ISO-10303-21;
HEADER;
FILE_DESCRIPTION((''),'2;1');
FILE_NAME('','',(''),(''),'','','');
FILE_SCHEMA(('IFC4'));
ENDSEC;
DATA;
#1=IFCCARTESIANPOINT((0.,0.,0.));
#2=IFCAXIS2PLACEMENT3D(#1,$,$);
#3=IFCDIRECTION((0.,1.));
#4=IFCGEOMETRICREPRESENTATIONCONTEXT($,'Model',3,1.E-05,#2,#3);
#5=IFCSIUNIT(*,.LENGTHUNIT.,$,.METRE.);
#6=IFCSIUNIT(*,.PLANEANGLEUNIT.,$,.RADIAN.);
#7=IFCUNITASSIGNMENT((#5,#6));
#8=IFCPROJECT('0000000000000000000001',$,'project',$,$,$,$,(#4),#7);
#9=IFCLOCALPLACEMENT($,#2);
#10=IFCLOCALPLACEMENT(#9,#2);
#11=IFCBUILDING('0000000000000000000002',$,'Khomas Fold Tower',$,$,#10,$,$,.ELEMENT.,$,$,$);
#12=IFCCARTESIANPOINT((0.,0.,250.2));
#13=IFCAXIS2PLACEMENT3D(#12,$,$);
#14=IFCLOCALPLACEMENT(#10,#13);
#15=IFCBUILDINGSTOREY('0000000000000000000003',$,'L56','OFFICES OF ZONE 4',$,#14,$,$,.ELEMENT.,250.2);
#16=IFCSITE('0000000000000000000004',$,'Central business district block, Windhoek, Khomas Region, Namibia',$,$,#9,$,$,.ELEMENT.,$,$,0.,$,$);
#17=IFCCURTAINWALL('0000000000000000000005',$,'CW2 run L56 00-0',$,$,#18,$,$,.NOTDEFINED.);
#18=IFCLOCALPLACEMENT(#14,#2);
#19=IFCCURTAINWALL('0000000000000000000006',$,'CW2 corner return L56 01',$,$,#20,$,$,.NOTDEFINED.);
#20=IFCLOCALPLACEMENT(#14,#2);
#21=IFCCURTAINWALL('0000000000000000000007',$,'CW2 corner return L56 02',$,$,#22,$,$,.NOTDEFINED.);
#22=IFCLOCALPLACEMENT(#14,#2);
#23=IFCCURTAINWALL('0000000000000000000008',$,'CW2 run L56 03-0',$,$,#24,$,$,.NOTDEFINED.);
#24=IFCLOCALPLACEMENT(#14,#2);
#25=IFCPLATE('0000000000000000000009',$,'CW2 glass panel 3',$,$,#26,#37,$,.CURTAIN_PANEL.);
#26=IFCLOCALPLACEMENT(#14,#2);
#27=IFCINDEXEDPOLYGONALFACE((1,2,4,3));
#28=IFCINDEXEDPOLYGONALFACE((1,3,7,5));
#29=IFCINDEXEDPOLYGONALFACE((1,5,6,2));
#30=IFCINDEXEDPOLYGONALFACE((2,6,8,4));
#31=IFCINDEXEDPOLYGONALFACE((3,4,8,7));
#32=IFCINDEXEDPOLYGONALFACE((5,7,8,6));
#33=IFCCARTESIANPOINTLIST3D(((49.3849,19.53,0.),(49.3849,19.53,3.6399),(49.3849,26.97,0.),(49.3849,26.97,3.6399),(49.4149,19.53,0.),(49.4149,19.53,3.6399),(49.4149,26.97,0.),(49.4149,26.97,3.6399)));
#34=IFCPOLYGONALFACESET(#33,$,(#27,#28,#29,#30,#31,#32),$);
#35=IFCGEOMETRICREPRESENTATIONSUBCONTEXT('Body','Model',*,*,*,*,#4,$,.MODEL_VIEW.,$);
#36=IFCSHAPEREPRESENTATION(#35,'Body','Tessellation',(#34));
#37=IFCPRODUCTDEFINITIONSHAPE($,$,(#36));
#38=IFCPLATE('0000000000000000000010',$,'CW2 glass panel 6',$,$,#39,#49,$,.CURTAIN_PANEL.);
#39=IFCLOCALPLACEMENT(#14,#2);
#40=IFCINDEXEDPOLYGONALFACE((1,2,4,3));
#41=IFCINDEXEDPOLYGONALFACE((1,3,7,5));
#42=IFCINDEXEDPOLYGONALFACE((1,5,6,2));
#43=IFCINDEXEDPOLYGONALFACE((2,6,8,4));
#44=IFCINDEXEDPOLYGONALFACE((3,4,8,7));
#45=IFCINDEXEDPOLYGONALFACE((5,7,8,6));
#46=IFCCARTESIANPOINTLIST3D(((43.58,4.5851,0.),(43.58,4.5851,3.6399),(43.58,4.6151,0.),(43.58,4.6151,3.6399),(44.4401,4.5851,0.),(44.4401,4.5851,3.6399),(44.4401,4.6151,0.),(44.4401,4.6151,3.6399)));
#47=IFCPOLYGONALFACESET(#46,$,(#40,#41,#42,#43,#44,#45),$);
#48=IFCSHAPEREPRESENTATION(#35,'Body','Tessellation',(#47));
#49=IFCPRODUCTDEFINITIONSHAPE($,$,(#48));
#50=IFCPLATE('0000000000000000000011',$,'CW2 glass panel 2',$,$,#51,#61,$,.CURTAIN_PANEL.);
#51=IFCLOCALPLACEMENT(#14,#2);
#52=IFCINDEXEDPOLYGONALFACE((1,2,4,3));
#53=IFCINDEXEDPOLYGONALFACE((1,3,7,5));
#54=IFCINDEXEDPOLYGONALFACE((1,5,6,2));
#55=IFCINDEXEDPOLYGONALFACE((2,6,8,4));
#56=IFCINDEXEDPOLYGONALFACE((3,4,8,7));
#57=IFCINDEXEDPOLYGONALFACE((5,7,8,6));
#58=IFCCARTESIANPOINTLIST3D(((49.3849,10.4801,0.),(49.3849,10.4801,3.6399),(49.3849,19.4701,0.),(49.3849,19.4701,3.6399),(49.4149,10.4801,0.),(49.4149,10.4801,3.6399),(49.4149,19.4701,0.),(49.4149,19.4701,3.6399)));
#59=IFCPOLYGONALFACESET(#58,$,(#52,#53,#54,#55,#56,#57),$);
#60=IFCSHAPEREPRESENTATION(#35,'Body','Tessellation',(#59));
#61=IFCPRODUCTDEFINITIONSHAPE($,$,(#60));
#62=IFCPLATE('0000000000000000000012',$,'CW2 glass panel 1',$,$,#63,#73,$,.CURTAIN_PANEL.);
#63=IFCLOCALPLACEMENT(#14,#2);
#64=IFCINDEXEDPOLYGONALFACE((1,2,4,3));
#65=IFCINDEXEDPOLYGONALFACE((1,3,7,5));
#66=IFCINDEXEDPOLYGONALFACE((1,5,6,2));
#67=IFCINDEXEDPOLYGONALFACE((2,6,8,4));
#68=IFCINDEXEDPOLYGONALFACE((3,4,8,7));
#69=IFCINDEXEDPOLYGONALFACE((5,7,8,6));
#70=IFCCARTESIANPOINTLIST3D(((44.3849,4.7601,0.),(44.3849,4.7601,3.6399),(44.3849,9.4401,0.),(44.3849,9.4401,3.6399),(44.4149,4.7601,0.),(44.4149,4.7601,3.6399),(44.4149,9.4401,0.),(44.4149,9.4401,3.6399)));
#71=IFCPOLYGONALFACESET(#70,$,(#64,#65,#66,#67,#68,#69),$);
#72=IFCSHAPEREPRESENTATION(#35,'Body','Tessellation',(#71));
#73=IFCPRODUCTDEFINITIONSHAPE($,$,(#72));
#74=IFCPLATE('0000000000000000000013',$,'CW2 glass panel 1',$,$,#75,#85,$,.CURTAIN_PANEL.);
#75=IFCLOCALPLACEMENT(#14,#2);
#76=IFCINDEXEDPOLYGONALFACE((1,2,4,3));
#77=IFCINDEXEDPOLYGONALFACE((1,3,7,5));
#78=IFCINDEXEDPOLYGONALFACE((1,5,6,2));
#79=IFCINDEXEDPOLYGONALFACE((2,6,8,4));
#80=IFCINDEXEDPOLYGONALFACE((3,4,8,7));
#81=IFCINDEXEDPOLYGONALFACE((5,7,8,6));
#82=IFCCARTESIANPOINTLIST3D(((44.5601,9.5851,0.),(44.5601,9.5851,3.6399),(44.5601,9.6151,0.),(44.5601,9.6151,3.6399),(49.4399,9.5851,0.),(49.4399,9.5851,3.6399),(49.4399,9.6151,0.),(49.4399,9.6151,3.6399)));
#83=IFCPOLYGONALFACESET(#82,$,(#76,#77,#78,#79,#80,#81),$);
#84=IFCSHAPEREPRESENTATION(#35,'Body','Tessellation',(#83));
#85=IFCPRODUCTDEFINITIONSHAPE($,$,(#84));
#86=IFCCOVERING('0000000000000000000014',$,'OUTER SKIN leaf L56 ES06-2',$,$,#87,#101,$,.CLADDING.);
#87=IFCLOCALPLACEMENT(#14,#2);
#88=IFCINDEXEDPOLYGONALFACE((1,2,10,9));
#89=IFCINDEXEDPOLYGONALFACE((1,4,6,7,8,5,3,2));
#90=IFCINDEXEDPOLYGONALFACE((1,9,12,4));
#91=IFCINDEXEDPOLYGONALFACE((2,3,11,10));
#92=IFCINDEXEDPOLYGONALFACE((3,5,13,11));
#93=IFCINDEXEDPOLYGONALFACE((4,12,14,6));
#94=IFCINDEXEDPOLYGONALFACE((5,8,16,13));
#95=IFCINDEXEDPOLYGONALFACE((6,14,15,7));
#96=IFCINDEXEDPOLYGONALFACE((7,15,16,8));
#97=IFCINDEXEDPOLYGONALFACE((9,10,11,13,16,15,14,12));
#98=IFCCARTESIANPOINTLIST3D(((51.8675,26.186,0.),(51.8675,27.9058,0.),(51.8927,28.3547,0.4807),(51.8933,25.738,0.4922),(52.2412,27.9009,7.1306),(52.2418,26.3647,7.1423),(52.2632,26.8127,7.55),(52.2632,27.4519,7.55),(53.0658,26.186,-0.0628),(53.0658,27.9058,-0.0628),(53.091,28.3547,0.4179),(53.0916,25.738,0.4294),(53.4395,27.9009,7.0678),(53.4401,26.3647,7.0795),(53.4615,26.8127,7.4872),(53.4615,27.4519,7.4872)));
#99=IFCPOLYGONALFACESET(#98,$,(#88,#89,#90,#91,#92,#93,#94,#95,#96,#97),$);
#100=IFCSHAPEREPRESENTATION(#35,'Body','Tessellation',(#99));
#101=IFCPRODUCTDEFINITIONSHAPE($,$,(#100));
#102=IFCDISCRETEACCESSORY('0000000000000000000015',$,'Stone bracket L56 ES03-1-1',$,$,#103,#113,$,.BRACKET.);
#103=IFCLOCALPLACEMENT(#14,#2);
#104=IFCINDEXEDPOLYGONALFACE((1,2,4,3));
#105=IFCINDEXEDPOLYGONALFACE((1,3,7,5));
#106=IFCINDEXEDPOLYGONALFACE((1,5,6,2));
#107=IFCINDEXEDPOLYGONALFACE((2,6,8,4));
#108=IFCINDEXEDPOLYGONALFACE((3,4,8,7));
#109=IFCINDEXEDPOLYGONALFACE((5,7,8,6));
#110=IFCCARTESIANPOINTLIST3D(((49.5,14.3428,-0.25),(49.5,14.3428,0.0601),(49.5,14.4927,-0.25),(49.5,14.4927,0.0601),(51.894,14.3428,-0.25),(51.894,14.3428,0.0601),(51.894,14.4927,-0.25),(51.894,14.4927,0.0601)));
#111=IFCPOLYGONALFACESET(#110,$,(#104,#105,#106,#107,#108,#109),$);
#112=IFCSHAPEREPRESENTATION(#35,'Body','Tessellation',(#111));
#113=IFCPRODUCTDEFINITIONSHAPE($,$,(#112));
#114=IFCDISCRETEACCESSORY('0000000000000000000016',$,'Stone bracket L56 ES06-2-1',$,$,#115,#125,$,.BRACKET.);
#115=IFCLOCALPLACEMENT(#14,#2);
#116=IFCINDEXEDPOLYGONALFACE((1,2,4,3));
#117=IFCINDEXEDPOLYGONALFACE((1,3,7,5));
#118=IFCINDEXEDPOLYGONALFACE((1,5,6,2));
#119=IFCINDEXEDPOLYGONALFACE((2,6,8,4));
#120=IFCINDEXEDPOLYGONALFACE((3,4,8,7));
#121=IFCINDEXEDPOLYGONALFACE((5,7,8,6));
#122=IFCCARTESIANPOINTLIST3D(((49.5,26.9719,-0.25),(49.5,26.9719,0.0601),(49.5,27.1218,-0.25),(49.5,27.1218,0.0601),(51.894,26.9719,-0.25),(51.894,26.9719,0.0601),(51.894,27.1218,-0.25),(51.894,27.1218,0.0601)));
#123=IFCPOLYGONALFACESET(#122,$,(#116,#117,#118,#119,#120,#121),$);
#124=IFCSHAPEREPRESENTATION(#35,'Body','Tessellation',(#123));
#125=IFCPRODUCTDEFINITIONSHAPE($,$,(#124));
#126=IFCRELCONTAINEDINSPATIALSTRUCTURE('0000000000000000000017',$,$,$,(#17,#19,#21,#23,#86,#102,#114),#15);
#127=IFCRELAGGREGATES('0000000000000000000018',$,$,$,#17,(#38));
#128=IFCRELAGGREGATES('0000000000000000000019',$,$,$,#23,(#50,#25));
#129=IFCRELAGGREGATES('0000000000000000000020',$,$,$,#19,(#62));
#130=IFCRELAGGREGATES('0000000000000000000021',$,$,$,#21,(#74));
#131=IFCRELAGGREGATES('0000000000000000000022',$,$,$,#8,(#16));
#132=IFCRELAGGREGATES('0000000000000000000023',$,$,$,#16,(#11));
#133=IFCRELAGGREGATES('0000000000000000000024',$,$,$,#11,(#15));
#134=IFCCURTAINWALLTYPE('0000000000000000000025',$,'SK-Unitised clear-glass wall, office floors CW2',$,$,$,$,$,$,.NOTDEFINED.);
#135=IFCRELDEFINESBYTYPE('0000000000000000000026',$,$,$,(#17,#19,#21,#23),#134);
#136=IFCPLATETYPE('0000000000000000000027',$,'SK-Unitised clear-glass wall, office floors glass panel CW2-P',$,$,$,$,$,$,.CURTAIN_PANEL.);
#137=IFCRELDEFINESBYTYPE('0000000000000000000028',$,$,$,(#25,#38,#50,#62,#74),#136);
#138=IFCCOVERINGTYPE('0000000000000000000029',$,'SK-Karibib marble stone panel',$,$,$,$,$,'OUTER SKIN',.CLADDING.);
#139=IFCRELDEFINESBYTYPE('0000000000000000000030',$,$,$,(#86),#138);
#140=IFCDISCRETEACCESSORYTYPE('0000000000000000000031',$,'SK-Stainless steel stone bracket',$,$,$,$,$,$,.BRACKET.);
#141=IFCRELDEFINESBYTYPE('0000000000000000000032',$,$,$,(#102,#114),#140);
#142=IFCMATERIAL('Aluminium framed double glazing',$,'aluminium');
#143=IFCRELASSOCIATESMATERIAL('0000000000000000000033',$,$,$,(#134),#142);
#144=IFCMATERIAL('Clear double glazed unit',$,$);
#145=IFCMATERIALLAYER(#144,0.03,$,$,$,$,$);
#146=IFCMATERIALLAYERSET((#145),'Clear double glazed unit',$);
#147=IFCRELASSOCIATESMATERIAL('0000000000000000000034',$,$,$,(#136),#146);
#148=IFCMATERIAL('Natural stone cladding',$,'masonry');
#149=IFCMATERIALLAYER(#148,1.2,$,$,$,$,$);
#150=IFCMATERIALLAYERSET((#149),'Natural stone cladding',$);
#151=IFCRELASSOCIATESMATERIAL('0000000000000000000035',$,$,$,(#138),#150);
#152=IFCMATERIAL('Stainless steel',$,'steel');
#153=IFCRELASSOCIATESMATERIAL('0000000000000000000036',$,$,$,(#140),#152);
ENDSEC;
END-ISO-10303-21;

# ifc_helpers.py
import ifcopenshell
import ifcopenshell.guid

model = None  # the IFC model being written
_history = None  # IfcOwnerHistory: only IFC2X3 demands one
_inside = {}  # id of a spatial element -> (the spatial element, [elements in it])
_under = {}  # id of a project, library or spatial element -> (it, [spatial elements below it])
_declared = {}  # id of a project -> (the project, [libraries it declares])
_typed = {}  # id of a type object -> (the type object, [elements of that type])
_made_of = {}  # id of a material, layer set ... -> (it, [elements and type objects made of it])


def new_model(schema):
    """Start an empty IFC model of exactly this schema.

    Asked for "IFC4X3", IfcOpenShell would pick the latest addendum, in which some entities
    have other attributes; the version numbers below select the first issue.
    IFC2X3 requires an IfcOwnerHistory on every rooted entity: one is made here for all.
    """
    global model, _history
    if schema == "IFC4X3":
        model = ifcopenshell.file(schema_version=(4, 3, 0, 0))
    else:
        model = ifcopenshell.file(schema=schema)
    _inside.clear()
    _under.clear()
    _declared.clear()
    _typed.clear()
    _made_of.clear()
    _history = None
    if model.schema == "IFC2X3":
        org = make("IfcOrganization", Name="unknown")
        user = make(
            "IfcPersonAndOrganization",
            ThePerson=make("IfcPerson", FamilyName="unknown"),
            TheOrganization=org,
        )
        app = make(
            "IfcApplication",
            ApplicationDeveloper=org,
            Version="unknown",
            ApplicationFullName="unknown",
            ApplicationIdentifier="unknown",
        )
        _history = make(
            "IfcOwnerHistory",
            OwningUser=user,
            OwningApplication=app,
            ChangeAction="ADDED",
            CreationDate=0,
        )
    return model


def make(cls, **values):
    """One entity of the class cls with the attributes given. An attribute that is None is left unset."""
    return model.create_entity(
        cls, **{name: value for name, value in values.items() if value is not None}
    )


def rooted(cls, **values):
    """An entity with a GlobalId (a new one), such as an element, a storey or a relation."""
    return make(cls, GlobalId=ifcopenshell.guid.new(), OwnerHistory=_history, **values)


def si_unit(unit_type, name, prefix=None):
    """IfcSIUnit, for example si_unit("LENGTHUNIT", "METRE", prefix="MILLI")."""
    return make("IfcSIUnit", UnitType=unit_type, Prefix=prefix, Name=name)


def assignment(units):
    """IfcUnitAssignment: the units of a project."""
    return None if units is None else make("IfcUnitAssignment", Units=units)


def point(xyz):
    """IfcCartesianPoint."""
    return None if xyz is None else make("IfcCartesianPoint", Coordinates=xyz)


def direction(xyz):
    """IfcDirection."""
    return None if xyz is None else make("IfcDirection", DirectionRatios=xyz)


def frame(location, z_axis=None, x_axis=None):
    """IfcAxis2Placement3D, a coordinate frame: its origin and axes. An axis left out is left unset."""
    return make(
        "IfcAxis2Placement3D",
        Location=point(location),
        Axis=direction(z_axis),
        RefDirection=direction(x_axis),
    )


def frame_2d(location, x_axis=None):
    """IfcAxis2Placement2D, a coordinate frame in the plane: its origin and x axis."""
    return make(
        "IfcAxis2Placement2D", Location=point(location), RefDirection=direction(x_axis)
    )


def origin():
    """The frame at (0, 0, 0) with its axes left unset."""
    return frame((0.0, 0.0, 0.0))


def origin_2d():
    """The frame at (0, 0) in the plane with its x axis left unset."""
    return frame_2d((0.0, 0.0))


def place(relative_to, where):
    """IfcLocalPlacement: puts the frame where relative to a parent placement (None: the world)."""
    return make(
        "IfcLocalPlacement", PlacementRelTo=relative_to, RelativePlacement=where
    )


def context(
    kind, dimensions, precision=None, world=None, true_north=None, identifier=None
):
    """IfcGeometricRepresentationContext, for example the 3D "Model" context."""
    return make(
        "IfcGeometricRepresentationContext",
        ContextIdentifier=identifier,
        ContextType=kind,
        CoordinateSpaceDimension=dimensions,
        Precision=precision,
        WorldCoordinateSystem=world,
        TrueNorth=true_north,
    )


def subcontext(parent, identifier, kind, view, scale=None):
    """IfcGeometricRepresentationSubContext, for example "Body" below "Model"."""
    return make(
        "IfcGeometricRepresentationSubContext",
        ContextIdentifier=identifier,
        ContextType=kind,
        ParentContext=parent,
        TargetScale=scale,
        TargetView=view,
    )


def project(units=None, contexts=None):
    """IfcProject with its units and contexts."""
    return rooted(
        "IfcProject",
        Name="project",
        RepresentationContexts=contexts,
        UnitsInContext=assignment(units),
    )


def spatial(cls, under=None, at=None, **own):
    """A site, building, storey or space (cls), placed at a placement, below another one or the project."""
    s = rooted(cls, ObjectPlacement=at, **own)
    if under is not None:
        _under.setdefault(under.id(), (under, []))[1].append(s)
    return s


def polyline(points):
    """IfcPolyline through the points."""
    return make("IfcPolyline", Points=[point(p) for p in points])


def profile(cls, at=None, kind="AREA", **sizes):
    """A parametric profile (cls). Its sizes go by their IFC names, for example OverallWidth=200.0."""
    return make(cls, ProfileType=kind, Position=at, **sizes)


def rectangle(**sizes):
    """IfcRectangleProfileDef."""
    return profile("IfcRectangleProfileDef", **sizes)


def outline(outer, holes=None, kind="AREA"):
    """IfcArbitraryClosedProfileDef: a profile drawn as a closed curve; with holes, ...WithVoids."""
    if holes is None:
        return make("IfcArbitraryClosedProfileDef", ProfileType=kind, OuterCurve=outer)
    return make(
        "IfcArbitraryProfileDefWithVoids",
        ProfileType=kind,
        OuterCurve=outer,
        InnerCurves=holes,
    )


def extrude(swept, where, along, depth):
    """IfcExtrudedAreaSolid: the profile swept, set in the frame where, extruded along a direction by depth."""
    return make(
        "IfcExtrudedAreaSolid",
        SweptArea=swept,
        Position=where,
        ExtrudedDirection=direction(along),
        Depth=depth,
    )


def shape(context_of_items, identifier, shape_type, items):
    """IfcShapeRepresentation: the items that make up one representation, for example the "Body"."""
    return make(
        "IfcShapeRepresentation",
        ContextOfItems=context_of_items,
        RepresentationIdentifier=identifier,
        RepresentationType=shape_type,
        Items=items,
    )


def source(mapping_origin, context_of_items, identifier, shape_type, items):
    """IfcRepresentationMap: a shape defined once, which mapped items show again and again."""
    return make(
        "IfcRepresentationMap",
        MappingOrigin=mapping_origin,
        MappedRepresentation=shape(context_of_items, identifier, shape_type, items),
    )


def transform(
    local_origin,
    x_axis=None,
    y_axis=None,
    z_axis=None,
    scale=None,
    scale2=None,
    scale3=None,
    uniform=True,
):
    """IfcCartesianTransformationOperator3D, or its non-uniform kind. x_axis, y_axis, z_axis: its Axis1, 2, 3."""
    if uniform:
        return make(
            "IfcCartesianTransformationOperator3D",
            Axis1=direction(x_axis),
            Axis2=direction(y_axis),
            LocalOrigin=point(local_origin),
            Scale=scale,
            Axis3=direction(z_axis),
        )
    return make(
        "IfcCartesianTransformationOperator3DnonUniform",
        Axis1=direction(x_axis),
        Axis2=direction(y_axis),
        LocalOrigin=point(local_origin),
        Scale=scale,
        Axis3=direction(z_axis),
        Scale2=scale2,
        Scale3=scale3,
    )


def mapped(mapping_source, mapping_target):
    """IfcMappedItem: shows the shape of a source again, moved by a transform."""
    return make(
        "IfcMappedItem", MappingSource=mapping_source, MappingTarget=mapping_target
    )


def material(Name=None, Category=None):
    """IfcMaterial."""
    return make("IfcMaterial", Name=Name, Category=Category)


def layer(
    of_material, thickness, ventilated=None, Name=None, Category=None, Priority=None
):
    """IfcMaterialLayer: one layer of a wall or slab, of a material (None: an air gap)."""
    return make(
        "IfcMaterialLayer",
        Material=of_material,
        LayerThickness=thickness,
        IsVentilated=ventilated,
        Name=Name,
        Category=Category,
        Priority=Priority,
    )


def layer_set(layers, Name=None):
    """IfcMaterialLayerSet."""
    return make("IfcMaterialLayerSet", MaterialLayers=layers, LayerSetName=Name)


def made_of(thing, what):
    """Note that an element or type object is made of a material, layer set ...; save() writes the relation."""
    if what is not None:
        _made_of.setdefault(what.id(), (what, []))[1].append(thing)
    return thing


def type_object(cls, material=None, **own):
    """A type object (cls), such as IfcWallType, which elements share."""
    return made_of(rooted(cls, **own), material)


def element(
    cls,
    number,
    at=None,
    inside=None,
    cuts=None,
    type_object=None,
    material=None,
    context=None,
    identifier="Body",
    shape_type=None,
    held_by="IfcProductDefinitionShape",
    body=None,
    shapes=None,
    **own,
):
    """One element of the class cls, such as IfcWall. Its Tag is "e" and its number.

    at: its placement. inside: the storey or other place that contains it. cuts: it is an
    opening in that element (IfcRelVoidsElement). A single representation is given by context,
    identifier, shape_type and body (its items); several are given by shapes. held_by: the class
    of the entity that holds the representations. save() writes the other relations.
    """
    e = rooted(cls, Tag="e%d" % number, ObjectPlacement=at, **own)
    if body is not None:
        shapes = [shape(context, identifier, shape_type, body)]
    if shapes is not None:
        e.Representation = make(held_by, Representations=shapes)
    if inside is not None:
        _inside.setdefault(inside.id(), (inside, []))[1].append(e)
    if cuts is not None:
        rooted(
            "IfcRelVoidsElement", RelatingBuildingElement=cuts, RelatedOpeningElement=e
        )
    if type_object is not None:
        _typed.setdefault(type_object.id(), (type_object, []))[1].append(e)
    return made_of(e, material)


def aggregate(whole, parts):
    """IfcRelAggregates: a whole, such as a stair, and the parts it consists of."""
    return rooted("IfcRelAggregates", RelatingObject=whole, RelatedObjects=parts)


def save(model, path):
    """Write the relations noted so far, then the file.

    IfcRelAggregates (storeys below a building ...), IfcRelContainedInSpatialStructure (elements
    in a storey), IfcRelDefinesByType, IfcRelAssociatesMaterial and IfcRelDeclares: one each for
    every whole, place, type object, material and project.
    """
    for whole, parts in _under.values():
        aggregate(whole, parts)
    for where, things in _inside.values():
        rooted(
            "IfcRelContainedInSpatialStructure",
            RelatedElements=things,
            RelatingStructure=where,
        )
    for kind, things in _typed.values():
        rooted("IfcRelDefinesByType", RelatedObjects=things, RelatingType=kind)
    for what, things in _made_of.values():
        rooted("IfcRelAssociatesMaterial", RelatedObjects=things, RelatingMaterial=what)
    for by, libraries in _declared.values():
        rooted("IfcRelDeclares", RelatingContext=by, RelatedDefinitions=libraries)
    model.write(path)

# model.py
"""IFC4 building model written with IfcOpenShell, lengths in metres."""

from ifc_helpers import new_model, si_unit, direction, frame, origin, origin_2d, place, context, subcontext, project, spatial, polyline, rectangle, outline, extrude, source, transform, mapped, material, layer, layer_set, type_object, element, aggregate, save


model = new_model("IFC4")

# Units and contexts
model_context = context("Model", 3, precision=1e-05, world=origin(), true_north=direction((0.0, 1.0)))
body_context = subcontext(model_context, "Body", "Model", "MODEL_VIEW")
ifc_project = project(units=[si_unit("LENGTHUNIT", "METRE"), si_unit("PLANEANGLEUNIT", "RADIAN")], contexts=[model_context])

# Site, building, storey
site_placement = place(None, origin())
site = spatial("IfcSite", under=ifc_project, at=site_placement, Name="Central business district block, Windhoek, Khomas Region, Namibia", CompositionType="ELEMENT", RefElevation=0.0)
building_placement = place(site_placement, origin())
building = spatial("IfcBuilding", under=site, at=building_placement, Name="Khomas Fold Tower", CompositionType="ELEMENT")
storey_placement = place(building_placement, frame((0.0, 0.0, 250.2)))
storey = spatial("IfcBuildingStorey", under=building, at=storey_placement, Name="L56", Description="OFFICES OF ZONE 4", CompositionType="ELEMENT", Elevation=250.2)

# Curtain walls
ifc_material_1 = material(Name="Aluminium framed double glazing", Category="aluminium")
curtain_wall_type = type_object("IfcCurtainWallType", Name="SK-Unitised clear-glass wall, office floors CW2", PredefinedType="NOTDEFINED", material=ifc_material_1)
curtain_wall_1_placement = place(storey_placement, origin())
curtain_wall_1 = element("IfcCurtainWall", 1, at=curtain_wall_1_placement, inside=storey, type_object=curtain_wall_type, Name="CW2 run L56 00-0", PredefinedType="NOTDEFINED")
curtain_wall_2_placement = place(storey_placement, origin())
curtain_wall_2 = element("IfcCurtainWall", 2, at=curtain_wall_2_placement, inside=storey, type_object=curtain_wall_type, Name="CW2 corner return L56 01", PredefinedType="NOTDEFINED")
curtain_wall_3_placement = place(storey_placement, origin())
curtain_wall_3 = element("IfcCurtainWall", 3, at=curtain_wall_3_placement, inside=storey, type_object=curtain_wall_type, Name="CW2 corner return L56 02", PredefinedType="NOTDEFINED")
curtain_wall_4_placement = place(storey_placement, origin())
curtain_wall_4 = element("IfcCurtainWall", 4, at=curtain_wall_4_placement, inside=storey, type_object=curtain_wall_type, Name="CW2 run L56 03-0", PredefinedType="NOTDEFINED")

# Plates
ifc_material_2 = material(Name="Clear double glazed unit")
ifc_layer_1 = layer(ifc_material_2, 0.03)
ifc_layer_set_1 = layer_set([ifc_layer_1], Name="Clear double glazed unit")
plate_type = type_object("IfcPlateType", Name="SK-Unitised clear-glass wall, office floors glass panel CW2-P", PredefinedType="CURTAIN_PANEL", material=ifc_layer_set_1)
shared_shape_1 = source(origin(), body_context, "Body", "SweptSolid", [
    extrude(rectangle(XDim=7.4399, YDim=0.03, at=origin_2d()), origin(), (0.0, 0.0, 1.0), 3.6399),
])
plate_1_placement = place(storey_placement, frame((49.3999, 23.25, 0.0), z_axis=(0.0, 0.0, 1.0), x_axis=(0.0, 1.0, 0.0)))
plate_1 = element("IfcPlate", 5, at=plate_1_placement, type_object=plate_type, Name="CW2 glass panel 3", PredefinedType="CURTAIN_PANEL", context=body_context, shape_type="MappedRepresentation", body=[
    mapped(shared_shape_1, transform((0.0, 0.0, 0.0))),
])
shared_shape_2 = source(origin(), body_context, "Body", "SweptSolid", [
    extrude(rectangle(XDim=0.8601, YDim=0.03, at=origin_2d()), origin(), (0.0, 0.0, 1.0), 3.6399),
])
plate_2_placement = place(storey_placement, frame((44.01, 4.6001, 0.0), z_axis=(0.0, 0.0, 1.0), x_axis=(1.0, 0.0, 0.0)))
plate_2 = element("IfcPlate", 6, at=plate_2_placement, type_object=plate_type, Name="CW2 glass panel 6", PredefinedType="CURTAIN_PANEL", context=body_context, shape_type="MappedRepresentation", body=[
    mapped(shared_shape_2, transform((0.0, 0.0, 0.0))),
])
aggregate(curtain_wall_1, [plate_2])
shared_shape_3 = source(origin(), body_context, "Body", "SweptSolid", [
    extrude(rectangle(XDim=8.99, YDim=0.03, at=origin_2d()), origin(), (0.0, 0.0, 1.0), 3.6399),
])
plate_3_placement = place(storey_placement, frame((49.3999, 14.9751, 0.0), z_axis=(0.0, 0.0, 1.0), x_axis=(0.0, 1.0, 0.0)))
plate_3 = element("IfcPlate", 7, at=plate_3_placement, type_object=plate_type, Name="CW2 glass panel 2", PredefinedType="CURTAIN_PANEL", context=body_context, shape_type="MappedRepresentation", body=[
    mapped(shared_shape_3, transform((0.0, 0.0, 0.0))),
])
aggregate(curtain_wall_4, [plate_3, plate_1])
shared_shape_4 = source(origin(), body_context, "Body", "SweptSolid", [
    extrude(rectangle(XDim=4.6799, YDim=0.03, at=origin_2d()), origin(), (0.0, 0.0, 1.0), 3.6399),
])
plate_4_placement = place(storey_placement, frame((44.3999, 7.1001, 0.0), z_axis=(0.0, 0.0, 1.0), x_axis=(0.0, 1.0, 0.0)))
plate_4 = element("IfcPlate", 8, at=plate_4_placement, type_object=plate_type, Name="CW2 glass panel 1", PredefinedType="CURTAIN_PANEL", context=body_context, shape_type="MappedRepresentation", body=[
    mapped(shared_shape_4, transform((0.0, 0.0, 0.0))),
])
aggregate(curtain_wall_2, [plate_4])
shared_shape_5 = source(origin(), body_context, "Body", "SweptSolid", [
    extrude(rectangle(XDim=4.8799, YDim=0.03, at=origin_2d()), origin(), (0.0, 0.0, 1.0), 3.6399),
])
plate_5_placement = place(storey_placement, frame((47.0, 9.6001, 0.0), z_axis=(0.0, 0.0, 1.0), x_axis=(1.0, 0.0, 0.0)))
plate_5 = element("IfcPlate", 9, at=plate_5_placement, type_object=plate_type, Name="CW2 glass panel 1", PredefinedType="CURTAIN_PANEL", context=body_context, shape_type="MappedRepresentation", body=[
    mapped(shared_shape_5, transform((0.0, 0.0, 0.0))),
])
aggregate(curtain_wall_3, [plate_5])

# Covering
ifc_material_3 = material(Name="Natural stone cladding", Category="masonry")
ifc_layer_2 = layer(ifc_material_3, 1.2)
ifc_layer_set_2 = layer_set([ifc_layer_2], Name="Natural stone cladding")
covering_type = type_object("IfcCoveringType", Name="SK-Karibib marble stone panel", ElementType="OUTER SKIN", PredefinedType="CLADDING", material=ifc_layer_set_2)
covering_1_placement = place(storey_placement, frame((52.2412, 27.9009, 7.1306), z_axis=(-0.998629, -0.000001, 0.052342), x_axis=(-0.052221, 0.067999, -0.996318)))
element("IfcCovering", 10, at=covering_1_placement, inside=storey, type_object=covering_type, Name="OUTER SKIN leaf L56 ES06-2", PredefinedType="CLADDING", context=body_context, shape_type="SweptSolid", body=[
    extrude(outline(polyline([(0.0, 0.0), (6.6745, 0.0), (7.1242, 0.4807), (7.0073, 2.1964), (6.4851, 2.6099), (-0.1162, 1.5318), (-0.493, 1.0571), (-0.4496, 0.4194), (0.0, 0.0)])), origin(), (0.0, 0.0, -1.0), 1.2),
])

# Discrete accessories
ifc_material_4 = material(Name="Stainless steel", Category="steel")
discrete_accessory_type = type_object("IfcDiscreteAccessoryType", Name="SK-Stainless steel stone bracket", PredefinedType="BRACKET", material=ifc_material_4)
shared_shape_6 = source(origin(), body_context, "Body", "SweptSolid", [
    extrude(rectangle(XDim=2.394, YDim=0.1499, at=origin_2d()), origin(), (0.0, 0.0, 1.0), 0.3101),
])
for number, where, z_axis, x_axis, name in (
    (11, (50.697, 14.4177, -0.25), (0.0, 0.0, 1.0), (1.0, 0.0, 0.0), "Stone bracket L56 ES03-1-1"),
    (12, (50.697, 27.0469, -0.25), (0.0, 0.0, 1.0), (1.0, 0.0, 0.0), "Stone bracket L56 ES06-2-1"),
):
    element("IfcDiscreteAccessory", number, at=place(storey_placement, frame(where, z_axis=z_axis, x_axis=x_axis)), inside=storey, type_object=discrete_accessory_type, Name=name, PredefinedType="BRACKET", context=body_context, shape_type="MappedRepresentation", body=[
        mapped(shared_shape_6, transform((0.0, 0.0, 0.0))),
    ])

save(model, "model.ifc")
